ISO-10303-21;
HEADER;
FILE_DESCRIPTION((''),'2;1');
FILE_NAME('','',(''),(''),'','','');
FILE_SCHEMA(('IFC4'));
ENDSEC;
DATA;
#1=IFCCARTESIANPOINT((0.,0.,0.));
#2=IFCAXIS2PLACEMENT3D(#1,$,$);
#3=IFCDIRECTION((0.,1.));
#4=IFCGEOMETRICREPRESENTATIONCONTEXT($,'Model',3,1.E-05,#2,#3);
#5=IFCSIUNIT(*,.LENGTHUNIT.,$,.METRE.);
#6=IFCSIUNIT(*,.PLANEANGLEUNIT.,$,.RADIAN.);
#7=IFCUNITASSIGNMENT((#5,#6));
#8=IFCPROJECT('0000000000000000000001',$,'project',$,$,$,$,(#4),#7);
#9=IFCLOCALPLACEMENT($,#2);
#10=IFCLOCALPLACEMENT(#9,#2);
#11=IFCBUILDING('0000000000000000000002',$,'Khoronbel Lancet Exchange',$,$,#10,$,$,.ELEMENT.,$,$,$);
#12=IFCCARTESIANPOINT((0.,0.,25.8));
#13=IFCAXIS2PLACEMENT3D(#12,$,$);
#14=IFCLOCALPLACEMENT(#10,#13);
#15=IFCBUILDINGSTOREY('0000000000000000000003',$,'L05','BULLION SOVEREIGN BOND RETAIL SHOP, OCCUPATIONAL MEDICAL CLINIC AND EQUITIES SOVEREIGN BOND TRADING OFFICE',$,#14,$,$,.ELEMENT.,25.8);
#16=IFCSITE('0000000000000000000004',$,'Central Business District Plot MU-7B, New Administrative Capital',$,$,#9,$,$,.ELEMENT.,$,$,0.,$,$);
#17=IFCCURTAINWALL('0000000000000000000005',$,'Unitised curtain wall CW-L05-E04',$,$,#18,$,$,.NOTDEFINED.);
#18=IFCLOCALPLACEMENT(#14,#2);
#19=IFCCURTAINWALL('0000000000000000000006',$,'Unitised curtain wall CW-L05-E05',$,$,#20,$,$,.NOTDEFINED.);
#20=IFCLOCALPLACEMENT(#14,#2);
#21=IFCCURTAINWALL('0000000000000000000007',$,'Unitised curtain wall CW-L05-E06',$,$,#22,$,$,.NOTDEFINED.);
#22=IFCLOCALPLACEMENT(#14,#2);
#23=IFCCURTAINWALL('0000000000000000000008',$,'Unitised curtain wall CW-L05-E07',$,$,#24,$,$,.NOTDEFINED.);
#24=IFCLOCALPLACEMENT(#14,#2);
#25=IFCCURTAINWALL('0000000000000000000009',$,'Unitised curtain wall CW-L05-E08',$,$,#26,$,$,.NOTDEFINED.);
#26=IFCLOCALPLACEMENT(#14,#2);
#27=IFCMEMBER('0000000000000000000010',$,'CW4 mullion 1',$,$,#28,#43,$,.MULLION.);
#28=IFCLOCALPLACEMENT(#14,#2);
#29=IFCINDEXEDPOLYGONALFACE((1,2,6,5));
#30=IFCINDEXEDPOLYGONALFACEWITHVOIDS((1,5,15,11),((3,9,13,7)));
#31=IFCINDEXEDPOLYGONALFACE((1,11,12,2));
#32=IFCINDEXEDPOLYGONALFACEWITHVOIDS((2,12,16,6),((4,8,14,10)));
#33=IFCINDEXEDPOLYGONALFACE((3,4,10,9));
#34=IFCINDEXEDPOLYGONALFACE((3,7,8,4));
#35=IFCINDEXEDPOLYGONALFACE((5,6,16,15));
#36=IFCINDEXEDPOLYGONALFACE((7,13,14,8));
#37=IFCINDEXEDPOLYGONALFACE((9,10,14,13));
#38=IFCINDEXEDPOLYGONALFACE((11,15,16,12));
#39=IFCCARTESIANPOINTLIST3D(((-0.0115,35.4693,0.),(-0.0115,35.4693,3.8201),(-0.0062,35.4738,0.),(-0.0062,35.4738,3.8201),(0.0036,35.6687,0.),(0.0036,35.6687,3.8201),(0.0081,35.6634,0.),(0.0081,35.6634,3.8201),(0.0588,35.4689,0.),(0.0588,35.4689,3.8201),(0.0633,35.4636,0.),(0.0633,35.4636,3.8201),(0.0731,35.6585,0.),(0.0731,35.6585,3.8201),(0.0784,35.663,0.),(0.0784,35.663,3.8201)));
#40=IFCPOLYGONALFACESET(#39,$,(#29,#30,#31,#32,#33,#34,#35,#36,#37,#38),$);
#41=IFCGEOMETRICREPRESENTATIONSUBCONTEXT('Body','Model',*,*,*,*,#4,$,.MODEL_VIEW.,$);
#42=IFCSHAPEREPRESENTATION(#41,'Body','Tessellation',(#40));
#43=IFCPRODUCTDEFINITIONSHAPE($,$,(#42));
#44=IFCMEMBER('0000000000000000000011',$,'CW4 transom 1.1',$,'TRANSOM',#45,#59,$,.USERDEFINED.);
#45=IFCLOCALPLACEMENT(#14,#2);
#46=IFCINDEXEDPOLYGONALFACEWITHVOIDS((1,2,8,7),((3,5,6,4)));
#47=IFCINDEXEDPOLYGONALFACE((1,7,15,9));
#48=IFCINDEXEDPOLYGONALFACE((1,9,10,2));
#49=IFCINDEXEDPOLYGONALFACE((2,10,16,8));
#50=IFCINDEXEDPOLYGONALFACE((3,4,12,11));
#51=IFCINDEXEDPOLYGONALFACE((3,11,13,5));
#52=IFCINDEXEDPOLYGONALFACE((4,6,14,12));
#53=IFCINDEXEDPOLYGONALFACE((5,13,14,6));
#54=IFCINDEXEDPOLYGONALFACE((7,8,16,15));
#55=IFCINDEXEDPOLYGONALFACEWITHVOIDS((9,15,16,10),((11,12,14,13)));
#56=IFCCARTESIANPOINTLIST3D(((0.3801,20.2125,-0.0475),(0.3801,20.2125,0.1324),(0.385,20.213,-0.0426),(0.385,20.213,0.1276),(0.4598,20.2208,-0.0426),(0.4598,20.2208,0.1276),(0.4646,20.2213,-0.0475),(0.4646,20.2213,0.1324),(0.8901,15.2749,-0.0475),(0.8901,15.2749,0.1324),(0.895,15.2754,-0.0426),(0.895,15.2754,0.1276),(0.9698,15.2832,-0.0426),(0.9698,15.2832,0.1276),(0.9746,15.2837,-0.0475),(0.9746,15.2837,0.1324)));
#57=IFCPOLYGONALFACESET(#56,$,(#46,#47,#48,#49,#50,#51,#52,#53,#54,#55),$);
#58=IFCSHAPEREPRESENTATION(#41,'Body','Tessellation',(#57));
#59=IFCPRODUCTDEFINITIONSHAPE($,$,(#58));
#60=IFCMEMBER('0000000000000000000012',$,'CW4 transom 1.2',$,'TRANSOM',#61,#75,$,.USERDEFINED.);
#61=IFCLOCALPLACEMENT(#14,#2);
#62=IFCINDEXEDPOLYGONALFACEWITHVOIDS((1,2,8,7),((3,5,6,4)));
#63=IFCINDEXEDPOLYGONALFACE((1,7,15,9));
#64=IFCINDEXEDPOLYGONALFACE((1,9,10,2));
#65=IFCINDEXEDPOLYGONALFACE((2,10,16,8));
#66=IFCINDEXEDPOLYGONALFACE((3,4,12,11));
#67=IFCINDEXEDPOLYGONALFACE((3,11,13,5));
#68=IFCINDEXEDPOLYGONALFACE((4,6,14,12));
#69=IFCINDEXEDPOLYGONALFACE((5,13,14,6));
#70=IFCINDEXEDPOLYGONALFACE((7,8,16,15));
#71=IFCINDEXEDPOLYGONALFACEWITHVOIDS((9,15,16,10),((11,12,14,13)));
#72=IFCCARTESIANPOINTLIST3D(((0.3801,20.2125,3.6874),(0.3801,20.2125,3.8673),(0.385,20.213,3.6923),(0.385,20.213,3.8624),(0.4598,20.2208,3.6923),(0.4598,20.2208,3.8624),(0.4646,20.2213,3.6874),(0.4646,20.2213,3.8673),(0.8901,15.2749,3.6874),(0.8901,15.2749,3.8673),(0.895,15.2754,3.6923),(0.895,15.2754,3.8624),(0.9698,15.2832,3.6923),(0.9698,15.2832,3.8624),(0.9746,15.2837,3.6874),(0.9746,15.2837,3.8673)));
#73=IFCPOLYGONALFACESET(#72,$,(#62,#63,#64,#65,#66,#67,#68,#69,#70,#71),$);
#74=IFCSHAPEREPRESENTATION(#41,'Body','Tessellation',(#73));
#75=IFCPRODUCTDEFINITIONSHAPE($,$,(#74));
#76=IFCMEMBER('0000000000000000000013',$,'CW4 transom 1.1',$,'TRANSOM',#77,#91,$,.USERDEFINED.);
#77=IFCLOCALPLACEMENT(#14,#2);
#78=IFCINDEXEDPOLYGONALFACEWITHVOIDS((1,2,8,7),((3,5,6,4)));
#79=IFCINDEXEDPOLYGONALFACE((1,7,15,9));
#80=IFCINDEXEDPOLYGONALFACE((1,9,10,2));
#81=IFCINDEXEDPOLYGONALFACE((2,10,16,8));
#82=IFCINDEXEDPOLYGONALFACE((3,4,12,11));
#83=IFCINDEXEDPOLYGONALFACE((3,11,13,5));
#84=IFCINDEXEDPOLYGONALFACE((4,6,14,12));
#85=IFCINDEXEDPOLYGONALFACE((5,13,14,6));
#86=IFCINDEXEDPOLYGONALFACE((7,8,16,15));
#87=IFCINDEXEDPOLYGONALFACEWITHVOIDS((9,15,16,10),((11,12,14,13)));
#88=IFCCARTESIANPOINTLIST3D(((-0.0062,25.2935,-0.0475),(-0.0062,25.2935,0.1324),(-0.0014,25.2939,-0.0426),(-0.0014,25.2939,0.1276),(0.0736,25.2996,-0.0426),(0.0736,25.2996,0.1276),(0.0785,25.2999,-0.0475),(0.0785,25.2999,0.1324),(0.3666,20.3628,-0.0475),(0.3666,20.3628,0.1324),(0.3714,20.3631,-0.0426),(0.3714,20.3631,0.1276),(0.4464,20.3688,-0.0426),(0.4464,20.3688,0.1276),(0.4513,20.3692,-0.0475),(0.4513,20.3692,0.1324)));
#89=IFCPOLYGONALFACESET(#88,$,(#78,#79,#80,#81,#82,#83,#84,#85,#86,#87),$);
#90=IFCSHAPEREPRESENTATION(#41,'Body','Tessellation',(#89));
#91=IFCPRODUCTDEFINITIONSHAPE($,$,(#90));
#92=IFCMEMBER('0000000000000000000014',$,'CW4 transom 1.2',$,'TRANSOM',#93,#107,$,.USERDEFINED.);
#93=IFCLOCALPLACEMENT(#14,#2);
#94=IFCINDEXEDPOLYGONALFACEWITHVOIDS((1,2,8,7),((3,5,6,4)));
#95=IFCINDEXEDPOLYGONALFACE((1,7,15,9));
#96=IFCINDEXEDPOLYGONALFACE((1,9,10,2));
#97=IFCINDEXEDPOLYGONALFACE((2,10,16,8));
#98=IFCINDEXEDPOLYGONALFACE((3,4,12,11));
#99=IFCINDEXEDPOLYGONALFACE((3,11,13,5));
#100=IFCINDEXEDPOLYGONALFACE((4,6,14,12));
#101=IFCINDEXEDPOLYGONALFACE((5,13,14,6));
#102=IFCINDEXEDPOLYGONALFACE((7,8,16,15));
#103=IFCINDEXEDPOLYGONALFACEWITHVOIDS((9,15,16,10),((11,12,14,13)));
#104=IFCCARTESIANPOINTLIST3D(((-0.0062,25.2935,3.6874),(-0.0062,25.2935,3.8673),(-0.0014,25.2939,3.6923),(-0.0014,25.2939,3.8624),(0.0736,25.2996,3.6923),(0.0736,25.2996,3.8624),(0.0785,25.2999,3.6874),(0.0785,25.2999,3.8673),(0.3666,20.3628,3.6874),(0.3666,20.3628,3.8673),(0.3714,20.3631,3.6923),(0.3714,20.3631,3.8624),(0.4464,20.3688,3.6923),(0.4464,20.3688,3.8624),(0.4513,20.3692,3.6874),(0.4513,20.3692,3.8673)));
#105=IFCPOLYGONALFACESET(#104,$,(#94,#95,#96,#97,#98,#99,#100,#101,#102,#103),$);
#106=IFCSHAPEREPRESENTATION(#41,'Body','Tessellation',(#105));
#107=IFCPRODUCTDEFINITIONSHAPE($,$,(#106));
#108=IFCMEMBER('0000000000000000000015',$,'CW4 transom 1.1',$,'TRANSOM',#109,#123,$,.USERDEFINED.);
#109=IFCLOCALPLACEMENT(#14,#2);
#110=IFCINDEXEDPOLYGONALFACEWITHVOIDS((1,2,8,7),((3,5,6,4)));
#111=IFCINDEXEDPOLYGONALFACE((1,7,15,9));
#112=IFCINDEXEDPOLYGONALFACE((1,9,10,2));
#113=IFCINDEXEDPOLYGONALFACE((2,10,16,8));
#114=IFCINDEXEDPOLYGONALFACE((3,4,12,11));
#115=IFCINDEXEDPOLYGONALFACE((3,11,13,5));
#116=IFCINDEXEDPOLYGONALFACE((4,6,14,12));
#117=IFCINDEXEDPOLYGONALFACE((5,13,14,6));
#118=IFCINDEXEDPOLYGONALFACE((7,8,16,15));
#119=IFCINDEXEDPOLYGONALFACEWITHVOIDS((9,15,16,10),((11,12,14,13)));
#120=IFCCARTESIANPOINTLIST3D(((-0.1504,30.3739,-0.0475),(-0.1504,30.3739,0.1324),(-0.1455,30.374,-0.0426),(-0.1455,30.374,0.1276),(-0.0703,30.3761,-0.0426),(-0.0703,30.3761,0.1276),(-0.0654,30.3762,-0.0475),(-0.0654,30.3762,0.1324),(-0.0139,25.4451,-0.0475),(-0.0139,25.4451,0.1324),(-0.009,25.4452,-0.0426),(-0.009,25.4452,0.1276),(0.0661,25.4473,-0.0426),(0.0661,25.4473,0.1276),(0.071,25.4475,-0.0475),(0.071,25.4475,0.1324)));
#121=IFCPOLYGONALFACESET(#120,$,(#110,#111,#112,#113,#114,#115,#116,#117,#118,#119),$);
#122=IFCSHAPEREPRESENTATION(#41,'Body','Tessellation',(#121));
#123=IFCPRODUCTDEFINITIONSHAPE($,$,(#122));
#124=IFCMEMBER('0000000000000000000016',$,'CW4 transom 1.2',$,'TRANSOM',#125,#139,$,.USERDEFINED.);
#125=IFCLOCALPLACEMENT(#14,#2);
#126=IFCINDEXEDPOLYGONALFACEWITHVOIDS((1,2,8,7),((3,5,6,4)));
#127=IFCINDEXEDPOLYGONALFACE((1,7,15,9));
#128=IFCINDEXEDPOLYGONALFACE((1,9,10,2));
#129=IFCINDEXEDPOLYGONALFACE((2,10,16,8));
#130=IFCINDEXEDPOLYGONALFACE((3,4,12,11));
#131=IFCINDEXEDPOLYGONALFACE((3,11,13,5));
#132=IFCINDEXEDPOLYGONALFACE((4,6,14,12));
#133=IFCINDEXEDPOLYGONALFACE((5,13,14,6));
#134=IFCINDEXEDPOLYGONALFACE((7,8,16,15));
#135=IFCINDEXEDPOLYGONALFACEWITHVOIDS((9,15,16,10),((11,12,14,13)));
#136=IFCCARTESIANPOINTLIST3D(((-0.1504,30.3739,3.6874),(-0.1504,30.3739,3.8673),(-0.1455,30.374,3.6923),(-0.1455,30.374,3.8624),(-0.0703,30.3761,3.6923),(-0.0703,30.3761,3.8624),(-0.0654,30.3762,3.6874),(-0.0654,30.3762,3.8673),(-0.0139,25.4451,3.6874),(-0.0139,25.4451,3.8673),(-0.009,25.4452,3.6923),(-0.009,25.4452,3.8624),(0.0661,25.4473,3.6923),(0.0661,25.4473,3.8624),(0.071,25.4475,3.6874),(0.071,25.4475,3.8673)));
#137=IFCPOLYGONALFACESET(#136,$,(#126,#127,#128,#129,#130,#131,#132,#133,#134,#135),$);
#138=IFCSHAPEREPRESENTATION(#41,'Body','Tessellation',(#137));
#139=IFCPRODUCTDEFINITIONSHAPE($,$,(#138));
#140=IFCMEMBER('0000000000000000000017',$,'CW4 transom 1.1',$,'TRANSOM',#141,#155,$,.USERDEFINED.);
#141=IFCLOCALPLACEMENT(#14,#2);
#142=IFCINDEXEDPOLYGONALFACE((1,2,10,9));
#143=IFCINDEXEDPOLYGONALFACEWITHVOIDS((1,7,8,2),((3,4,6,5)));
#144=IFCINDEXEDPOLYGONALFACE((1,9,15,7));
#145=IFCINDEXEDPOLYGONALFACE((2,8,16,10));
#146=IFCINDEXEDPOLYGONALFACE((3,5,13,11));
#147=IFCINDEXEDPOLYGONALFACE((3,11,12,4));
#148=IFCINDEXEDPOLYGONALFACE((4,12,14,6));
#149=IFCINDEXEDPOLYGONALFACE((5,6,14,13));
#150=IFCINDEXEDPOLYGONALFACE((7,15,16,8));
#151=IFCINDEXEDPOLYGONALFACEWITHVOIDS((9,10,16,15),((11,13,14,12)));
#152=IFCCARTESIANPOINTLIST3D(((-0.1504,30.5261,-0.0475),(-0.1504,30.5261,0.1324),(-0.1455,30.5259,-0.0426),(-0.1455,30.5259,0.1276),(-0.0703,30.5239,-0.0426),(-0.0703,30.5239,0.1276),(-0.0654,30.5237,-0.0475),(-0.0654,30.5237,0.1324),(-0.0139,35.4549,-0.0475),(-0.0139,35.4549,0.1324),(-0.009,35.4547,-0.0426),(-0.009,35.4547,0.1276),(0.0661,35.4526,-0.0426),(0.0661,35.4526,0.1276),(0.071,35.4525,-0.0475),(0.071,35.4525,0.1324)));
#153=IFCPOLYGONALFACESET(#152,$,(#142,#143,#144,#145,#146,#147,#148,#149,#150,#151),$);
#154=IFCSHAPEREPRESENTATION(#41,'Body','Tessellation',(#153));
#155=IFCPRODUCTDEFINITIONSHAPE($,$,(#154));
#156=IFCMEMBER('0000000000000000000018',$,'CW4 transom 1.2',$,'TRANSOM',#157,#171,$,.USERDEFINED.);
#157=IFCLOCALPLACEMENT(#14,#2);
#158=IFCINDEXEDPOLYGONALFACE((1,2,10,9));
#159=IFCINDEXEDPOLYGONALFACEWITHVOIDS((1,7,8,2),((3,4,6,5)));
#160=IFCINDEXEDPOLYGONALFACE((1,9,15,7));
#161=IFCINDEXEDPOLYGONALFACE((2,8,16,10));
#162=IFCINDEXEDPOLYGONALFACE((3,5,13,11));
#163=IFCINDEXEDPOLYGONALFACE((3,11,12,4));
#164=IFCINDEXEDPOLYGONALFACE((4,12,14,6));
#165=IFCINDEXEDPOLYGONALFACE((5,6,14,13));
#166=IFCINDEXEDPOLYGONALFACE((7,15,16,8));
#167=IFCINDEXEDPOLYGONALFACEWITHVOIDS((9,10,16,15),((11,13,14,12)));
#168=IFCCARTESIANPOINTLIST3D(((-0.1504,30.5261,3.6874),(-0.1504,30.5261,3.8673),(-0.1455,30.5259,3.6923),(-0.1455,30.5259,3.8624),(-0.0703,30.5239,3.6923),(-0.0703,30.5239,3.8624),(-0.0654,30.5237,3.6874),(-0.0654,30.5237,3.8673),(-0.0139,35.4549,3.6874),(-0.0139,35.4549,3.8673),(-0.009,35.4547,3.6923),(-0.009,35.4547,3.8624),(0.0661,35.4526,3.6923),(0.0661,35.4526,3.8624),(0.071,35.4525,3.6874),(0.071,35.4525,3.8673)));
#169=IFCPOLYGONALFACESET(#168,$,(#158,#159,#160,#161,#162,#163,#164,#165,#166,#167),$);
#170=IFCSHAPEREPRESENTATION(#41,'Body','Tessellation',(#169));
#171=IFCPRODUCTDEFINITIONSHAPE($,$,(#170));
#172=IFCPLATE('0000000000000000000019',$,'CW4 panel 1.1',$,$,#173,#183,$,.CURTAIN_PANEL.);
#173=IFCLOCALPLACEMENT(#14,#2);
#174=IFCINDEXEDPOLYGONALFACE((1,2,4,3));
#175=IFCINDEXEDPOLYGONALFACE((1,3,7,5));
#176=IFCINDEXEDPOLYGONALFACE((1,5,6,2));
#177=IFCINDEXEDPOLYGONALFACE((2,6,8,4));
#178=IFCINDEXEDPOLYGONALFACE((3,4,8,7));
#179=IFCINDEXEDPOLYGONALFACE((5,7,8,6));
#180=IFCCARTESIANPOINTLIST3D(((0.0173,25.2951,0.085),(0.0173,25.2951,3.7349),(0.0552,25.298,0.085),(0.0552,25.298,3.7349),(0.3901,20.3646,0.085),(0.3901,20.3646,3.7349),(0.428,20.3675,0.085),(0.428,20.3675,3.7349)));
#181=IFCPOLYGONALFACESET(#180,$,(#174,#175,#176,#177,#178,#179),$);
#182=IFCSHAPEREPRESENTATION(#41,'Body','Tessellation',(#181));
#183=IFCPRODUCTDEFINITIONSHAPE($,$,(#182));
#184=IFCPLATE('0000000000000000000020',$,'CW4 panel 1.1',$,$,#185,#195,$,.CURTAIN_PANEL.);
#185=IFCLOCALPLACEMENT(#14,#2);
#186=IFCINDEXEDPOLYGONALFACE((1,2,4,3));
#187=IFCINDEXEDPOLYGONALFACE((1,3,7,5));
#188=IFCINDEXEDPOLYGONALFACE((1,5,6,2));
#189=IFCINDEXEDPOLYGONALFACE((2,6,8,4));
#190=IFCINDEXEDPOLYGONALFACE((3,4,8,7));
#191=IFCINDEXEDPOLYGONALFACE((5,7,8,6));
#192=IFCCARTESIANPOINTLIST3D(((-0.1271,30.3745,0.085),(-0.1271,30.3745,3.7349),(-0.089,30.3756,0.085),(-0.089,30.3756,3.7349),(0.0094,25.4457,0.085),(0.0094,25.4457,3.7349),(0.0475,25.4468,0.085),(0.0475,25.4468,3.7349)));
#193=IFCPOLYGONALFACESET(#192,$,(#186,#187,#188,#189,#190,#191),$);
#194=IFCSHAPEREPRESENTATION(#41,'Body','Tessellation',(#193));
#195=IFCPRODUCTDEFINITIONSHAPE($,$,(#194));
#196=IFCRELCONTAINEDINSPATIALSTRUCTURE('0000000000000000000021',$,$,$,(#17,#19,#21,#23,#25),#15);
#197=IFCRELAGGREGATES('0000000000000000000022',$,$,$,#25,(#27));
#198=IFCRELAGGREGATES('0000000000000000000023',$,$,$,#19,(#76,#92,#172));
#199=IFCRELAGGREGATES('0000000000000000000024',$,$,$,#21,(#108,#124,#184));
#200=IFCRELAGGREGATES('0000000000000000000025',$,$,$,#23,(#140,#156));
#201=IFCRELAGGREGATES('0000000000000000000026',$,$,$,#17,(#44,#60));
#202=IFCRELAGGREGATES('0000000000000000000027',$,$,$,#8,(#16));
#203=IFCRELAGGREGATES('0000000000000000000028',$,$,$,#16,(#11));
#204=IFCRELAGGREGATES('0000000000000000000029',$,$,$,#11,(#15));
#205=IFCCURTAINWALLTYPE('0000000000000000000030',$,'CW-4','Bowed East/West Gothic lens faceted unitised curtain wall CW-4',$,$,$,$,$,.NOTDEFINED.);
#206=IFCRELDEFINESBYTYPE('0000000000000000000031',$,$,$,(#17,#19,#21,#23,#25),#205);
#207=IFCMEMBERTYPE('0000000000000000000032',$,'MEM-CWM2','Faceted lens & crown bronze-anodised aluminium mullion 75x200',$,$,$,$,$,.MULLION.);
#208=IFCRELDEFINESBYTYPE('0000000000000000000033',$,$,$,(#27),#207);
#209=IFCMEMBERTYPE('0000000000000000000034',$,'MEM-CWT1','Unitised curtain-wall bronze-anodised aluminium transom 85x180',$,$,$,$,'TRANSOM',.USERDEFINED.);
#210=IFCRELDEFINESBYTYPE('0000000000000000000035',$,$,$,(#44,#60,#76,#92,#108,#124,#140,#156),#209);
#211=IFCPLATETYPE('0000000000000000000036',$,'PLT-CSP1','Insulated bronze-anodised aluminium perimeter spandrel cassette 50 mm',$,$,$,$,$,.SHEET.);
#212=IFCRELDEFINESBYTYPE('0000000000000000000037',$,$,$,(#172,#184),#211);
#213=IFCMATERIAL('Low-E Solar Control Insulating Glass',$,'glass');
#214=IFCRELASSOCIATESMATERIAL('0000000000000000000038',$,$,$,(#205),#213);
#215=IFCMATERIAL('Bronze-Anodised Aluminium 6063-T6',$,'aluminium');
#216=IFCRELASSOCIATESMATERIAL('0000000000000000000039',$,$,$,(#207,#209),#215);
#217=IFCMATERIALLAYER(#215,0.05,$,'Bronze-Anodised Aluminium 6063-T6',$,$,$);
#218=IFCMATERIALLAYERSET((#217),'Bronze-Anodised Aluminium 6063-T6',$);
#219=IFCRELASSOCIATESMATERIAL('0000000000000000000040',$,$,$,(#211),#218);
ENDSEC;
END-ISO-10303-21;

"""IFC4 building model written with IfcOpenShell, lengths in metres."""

from ifc_helpers import new_model, si_unit, direction, frame, origin, origin_2d, place, context, subcontext, project, spatial, rectangle, hollow_rectangle, extrude, material, layer, layer_set, material_profile, profile_set, type_object, element, aggregate, save


model = new_model("IFC4")

# Units and contexts
model_context = context("Model", 3, precision=1e-05, world=origin(), true_north=direction((0.0, 1.0)))
body_context = subcontext(model_context, "Body", "Model", "MODEL_VIEW")
ifc_project = project(units=[si_unit("LENGTHUNIT", "METRE"), si_unit("PLANEANGLEUNIT", "RADIAN")], contexts=[model_context])

# Site, building, storey
site_placement = place(None, origin())
site = spatial("IfcSite", under=ifc_project, at=site_placement, Name="Central Business District Plot MU-7B, New Administrative Capital", CompositionType="ELEMENT", RefElevation=0.0)
building_placement = place(site_placement, origin())
building = spatial("IfcBuilding", under=site, at=building_placement, Name="Khoronbel Lancet Exchange", CompositionType="ELEMENT")
storey_placement = place(building_placement, frame((0.0, 0.0, 25.8)))
storey = spatial("IfcBuildingStorey", under=building, at=storey_placement, Name="L05", Description="BULLION SOVEREIGN BOND RETAIL SHOP, OCCUPATIONAL MEDICAL CLINIC AND EQUITIES SOVEREIGN BOND TRADING OFFICE", CompositionType="ELEMENT", Elevation=25.8)

# Curtain walls
ifc_material_1 = material(Name="Low-E Solar Control Insulating Glass", Category="glass")
curtain_wall_type = type_object("IfcCurtainWallType", Name="CW-4", Description="Bowed East/West Gothic lens faceted unitised curtain wall CW-4", PredefinedType="NOTDEFINED", material=ifc_material_1)
curtain_wall_1_placement = place(storey_placement, origin())
curtain_wall_1 = element("IfcCurtainWall", 1, at=curtain_wall_1_placement, inside=storey, type_object=curtain_wall_type, Name="Unitised curtain wall CW-L05-E04", PredefinedType="NOTDEFINED")
ifc_material_2 = material(Name="Bronze-Anodised Aluminium 6063-T6", Category="aluminium")
ifc_material_profile_1 = material_profile(ifc_material_2, hollow_rectangle(XDim=0.075, YDim=0.2, WallThickness=0.0049, at=origin_2d()), Name="ALU MULLION 75x200")
ifc_profile_set_1 = profile_set([ifc_material_profile_1], Name="Bronze-Anodised Aluminium 6063-T6")
member_type_1 = type_object("IfcMemberType", Name="MEM-CWM2", Description="Faceted lens & crown bronze-anodised aluminium mullion 75x200", PredefinedType="MULLION", material=ifc_profile_set_1)
curtain_wall_2_placement = place(storey_placement, origin())
curtain_wall_2 = element("IfcCurtainWall", 2, at=curtain_wall_2_placement, inside=storey, type_object=curtain_wall_type, Name="Unitised curtain wall CW-L05-E05", PredefinedType="NOTDEFINED")
curtain_wall_3_placement = place(storey_placement, origin())
curtain_wall_3 = element("IfcCurtainWall", 3, at=curtain_wall_3_placement, inside=storey, type_object=curtain_wall_type, Name="Unitised curtain wall CW-L05-E06", PredefinedType="NOTDEFINED")
curtain_wall_4_placement = place(storey_placement, origin())
curtain_wall_4 = element("IfcCurtainWall", 4, at=curtain_wall_4_placement, inside=storey, type_object=curtain_wall_type, Name="Unitised curtain wall CW-L05-E07", PredefinedType="NOTDEFINED")

# Curtain wall, member
curtain_wall_5_placement = place(storey_placement, origin())
curtain_wall_5 = element("IfcCurtainWall", 5, at=curtain_wall_5_placement, inside=storey, type_object=curtain_wall_type, Name="Unitised curtain wall CW-L05-E08", PredefinedType="NOTDEFINED")
member_1_placement = place(storey_placement, frame((0.0334, 35.5662, 0.0), z_axis=(0.0, 0.0, 1.0), x_axis=(-0.997154, 0.075395, 0.0)))
member_1 = element("IfcMember", 6, at=member_1_placement, type_object=member_type_1, Name="CW4 mullion 1", PredefinedType="MULLION", context=body_context, shape_type="SweptSolid", body=[
    extrude(hollow_rectangle(XDim=0.075, YDim=0.2, WallThickness=0.0049, at=origin_2d()), origin(), (0.0, 0.0, 1.0), 3.8201),
])
aggregate(curtain_wall_5, [member_1])

# Members
ifc_material_profile_2 = material_profile(ifc_material_2, hollow_rectangle(XDim=0.085, YDim=0.1799, WallThickness=0.0049, at=origin_2d()), Name="ALU TRANSOM 85x180")
ifc_profile_set_2 = profile_set([ifc_material_profile_2], Name="Bronze-Anodised Aluminium 6063-T6")
member_type_2 = type_object("IfcMemberType", Name="MEM-CWT1", Description="Unitised curtain-wall bronze-anodised aluminium transom 85x180", ElementType="TRANSOM", PredefinedType="USERDEFINED", material=ifc_profile_set_2)
member_2_placement = place(storey_placement, frame((0.9324, 15.2793, 0.0425), z_axis=(-0.102746, 0.994708, 0.0), x_axis=(-0.994708, -0.102746, 0.0)))
member_2 = element("IfcMember", 7, at=member_2_placement, type_object=member_type_2, Name="CW4 transom 1.1", ObjectType="TRANSOM", PredefinedType="USERDEFINED", context=body_context, shape_type="SweptSolid", body=[
    extrude(hollow_rectangle(XDim=0.085, YDim=0.1799, WallThickness=0.0049, at=origin_2d()), origin(), (0.0, 0.0, 1.0), 4.9639),
])
member_3_placement = place(storey_placement, frame((0.9324, 15.2793, 3.7773), z_axis=(-0.102746, 0.994708, 0.0), x_axis=(-0.994708, -0.102746, 0.0)))
member_3 = element("IfcMember", 8, at=member_3_placement, type_object=member_type_2, Name="CW4 transom 1.2", ObjectType="TRANSOM", PredefinedType="USERDEFINED", context=body_context, shape_type="SweptSolid", body=[
    extrude(hollow_rectangle(XDim=0.085, YDim=0.1799, WallThickness=0.0049, at=origin_2d()), origin(), (0.0, 0.0, 1.0), 4.9639),
])
member_4_placement = place(storey_placement, frame((0.4089, 20.366, 0.0425), z_axis=(-0.075394, 0.997154, 0.0), x_axis=(-0.997154, -0.075394, 0.0)))
member_4 = element("IfcMember", 9, at=member_4_placement, type_object=member_type_2, Name="CW4 transom 1.1", ObjectType="TRANSOM", PredefinedType="USERDEFINED", context=body_context, shape_type="SweptSolid", body=[
    extrude(hollow_rectangle(XDim=0.085, YDim=0.1799, WallThickness=0.0049, at=origin_2d()), origin(), (0.0, 0.0, 1.0), 4.9448),
])
member_5_placement = place(storey_placement, frame((0.4089, 20.366, 3.7773), z_axis=(-0.075394, 0.997154, 0.0), x_axis=(-0.997154, -0.075394, 0.0)))
member_5 = element("IfcMember", 10, at=member_5_placement, type_object=member_type_2, Name="CW4 transom 1.2", ObjectType="TRANSOM", PredefinedType="USERDEFINED", context=body_context, shape_type="SweptSolid", body=[
    extrude(hollow_rectangle(XDim=0.085, YDim=0.1799, WallThickness=0.0049, at=origin_2d()), origin(), (0.0, 0.0, 1.0), 4.9448),
])
member_6_placement = place(storey_placement, frame((0.0286, 25.4463, 0.0425), z_axis=(-0.027679, 0.999617, 0.0), x_axis=(-0.999617, -0.027679, 0.0)))
member_6 = element("IfcMember", 11, at=member_6_placement, type_object=member_type_2, Name="CW4 transom 1.1", ObjectType="TRANSOM", PredefinedType="USERDEFINED", context=body_context, shape_type="SweptSolid", body=[
    extrude(hollow_rectangle(XDim=0.085, YDim=0.1799, WallThickness=0.0049, at=origin_2d()), origin(), (0.0, 0.0, 1.0), 4.9307),
])
member_7_placement = place(storey_placement, frame((0.0286, 25.4463, 3.7773), z_axis=(-0.027679, 0.999617, 0.0), x_axis=(-0.999617, -0.027679, 0.0)))
member_7 = element("IfcMember", 12, at=member_7_placement, type_object=member_type_2, Name="CW4 transom 1.2", ObjectType="TRANSOM", PredefinedType="USERDEFINED", context=body_context, shape_type="SweptSolid", body=[
    extrude(hollow_rectangle(XDim=0.085, YDim=0.1799, WallThickness=0.0049, at=origin_2d()), origin(), (0.0, 0.0, 1.0), 4.9307),
])
member_8_placement = place(storey_placement, frame((-0.1079, 30.5249, 0.0425), z_axis=(0.027679, 0.999617, 0.0), x_axis=(-0.999617, 0.027679, 0.0)))
member_8 = element("IfcMember", 13, at=member_8_placement, type_object=member_type_2, Name="CW4 transom 1.1", ObjectType="TRANSOM", PredefinedType="USERDEFINED", context=body_context, shape_type="SweptSolid", body=[
    extrude(hollow_rectangle(XDim=0.085, YDim=0.1799, WallThickness=0.0049, at=origin_2d()), origin(), (0.0, 0.0, 1.0), 4.9307),
])
member_9_placement = place(storey_placement, frame((-0.1079, 30.5249, 3.7773), z_axis=(0.027679, 0.999617, 0.0), x_axis=(-0.999617, 0.027679, 0.0)))
member_9 = element("IfcMember", 14, at=member_9_placement, type_object=member_type_2, Name="CW4 transom 1.2", ObjectType="TRANSOM", PredefinedType="USERDEFINED", context=body_context, shape_type="SweptSolid", body=[
    extrude(hollow_rectangle(XDim=0.085, YDim=0.1799, WallThickness=0.0049, at=origin_2d()), origin(), (0.0, 0.0, 1.0), 4.9307),
])

# Plates
ifc_layer_1 = layer(ifc_material_2, 0.05, Name="Bronze-Anodised Aluminium 6063-T6")
ifc_layer_set_1 = layer_set([ifc_layer_1], Name="Bronze-Anodised Aluminium 6063-T6")
plate_type_1 = type_object("IfcPlateType", Name="PLT-CSP1", Description="Insulated bronze-anodised aluminium perimeter spandrel cassette 50 mm", PredefinedType="SHEET", material=ifc_layer_set_1)
plate_1_placement = place(storey_placement, frame((0.2227, 22.8313, 0.085), z_axis=(0.0, 0.0, 1.0), x_axis=(-0.075395, 0.997154, 0.0)))
plate_1 = element("IfcPlate", 15, at=plate_1_placement, type_object=plate_type_1, Name="CW4 panel 1.1", PredefinedType="CURTAIN_PANEL", context=body_context, shape_type="SweptSolid", body=[
    extrude(rectangle(XDim=4.9446, YDim=0.0381, at=origin_2d()), origin(), (0.0, 0.0, 1.0), 3.6499),
])
aggregate(curtain_wall_2, [member_4, member_5, plate_1])
plate_2_placement = place(storey_placement, frame((-0.0398, 27.9106, 0.085), z_axis=(0.0, 0.0, 1.0), x_axis=(-0.027674, 0.999617, 0.0)))
plate_2 = element("IfcPlate", 16, at=plate_2_placement, type_object=plate_type_1, Name="CW4 panel 1.1", PredefinedType="CURTAIN_PANEL", context=body_context, shape_type="SweptSolid", body=[
    extrude(rectangle(XDim=4.9307, YDim=0.0381, at=origin_2d()), origin(), (0.0, 0.0, 1.0), 3.6499),
])
aggregate(curtain_wall_3, [member_6, member_7, plate_2])
aggregate(curtain_wall_4, [member_8, member_9])
aggregate(curtain_wall_1, [member_2, member_3])

save(model, "model.ifc")
